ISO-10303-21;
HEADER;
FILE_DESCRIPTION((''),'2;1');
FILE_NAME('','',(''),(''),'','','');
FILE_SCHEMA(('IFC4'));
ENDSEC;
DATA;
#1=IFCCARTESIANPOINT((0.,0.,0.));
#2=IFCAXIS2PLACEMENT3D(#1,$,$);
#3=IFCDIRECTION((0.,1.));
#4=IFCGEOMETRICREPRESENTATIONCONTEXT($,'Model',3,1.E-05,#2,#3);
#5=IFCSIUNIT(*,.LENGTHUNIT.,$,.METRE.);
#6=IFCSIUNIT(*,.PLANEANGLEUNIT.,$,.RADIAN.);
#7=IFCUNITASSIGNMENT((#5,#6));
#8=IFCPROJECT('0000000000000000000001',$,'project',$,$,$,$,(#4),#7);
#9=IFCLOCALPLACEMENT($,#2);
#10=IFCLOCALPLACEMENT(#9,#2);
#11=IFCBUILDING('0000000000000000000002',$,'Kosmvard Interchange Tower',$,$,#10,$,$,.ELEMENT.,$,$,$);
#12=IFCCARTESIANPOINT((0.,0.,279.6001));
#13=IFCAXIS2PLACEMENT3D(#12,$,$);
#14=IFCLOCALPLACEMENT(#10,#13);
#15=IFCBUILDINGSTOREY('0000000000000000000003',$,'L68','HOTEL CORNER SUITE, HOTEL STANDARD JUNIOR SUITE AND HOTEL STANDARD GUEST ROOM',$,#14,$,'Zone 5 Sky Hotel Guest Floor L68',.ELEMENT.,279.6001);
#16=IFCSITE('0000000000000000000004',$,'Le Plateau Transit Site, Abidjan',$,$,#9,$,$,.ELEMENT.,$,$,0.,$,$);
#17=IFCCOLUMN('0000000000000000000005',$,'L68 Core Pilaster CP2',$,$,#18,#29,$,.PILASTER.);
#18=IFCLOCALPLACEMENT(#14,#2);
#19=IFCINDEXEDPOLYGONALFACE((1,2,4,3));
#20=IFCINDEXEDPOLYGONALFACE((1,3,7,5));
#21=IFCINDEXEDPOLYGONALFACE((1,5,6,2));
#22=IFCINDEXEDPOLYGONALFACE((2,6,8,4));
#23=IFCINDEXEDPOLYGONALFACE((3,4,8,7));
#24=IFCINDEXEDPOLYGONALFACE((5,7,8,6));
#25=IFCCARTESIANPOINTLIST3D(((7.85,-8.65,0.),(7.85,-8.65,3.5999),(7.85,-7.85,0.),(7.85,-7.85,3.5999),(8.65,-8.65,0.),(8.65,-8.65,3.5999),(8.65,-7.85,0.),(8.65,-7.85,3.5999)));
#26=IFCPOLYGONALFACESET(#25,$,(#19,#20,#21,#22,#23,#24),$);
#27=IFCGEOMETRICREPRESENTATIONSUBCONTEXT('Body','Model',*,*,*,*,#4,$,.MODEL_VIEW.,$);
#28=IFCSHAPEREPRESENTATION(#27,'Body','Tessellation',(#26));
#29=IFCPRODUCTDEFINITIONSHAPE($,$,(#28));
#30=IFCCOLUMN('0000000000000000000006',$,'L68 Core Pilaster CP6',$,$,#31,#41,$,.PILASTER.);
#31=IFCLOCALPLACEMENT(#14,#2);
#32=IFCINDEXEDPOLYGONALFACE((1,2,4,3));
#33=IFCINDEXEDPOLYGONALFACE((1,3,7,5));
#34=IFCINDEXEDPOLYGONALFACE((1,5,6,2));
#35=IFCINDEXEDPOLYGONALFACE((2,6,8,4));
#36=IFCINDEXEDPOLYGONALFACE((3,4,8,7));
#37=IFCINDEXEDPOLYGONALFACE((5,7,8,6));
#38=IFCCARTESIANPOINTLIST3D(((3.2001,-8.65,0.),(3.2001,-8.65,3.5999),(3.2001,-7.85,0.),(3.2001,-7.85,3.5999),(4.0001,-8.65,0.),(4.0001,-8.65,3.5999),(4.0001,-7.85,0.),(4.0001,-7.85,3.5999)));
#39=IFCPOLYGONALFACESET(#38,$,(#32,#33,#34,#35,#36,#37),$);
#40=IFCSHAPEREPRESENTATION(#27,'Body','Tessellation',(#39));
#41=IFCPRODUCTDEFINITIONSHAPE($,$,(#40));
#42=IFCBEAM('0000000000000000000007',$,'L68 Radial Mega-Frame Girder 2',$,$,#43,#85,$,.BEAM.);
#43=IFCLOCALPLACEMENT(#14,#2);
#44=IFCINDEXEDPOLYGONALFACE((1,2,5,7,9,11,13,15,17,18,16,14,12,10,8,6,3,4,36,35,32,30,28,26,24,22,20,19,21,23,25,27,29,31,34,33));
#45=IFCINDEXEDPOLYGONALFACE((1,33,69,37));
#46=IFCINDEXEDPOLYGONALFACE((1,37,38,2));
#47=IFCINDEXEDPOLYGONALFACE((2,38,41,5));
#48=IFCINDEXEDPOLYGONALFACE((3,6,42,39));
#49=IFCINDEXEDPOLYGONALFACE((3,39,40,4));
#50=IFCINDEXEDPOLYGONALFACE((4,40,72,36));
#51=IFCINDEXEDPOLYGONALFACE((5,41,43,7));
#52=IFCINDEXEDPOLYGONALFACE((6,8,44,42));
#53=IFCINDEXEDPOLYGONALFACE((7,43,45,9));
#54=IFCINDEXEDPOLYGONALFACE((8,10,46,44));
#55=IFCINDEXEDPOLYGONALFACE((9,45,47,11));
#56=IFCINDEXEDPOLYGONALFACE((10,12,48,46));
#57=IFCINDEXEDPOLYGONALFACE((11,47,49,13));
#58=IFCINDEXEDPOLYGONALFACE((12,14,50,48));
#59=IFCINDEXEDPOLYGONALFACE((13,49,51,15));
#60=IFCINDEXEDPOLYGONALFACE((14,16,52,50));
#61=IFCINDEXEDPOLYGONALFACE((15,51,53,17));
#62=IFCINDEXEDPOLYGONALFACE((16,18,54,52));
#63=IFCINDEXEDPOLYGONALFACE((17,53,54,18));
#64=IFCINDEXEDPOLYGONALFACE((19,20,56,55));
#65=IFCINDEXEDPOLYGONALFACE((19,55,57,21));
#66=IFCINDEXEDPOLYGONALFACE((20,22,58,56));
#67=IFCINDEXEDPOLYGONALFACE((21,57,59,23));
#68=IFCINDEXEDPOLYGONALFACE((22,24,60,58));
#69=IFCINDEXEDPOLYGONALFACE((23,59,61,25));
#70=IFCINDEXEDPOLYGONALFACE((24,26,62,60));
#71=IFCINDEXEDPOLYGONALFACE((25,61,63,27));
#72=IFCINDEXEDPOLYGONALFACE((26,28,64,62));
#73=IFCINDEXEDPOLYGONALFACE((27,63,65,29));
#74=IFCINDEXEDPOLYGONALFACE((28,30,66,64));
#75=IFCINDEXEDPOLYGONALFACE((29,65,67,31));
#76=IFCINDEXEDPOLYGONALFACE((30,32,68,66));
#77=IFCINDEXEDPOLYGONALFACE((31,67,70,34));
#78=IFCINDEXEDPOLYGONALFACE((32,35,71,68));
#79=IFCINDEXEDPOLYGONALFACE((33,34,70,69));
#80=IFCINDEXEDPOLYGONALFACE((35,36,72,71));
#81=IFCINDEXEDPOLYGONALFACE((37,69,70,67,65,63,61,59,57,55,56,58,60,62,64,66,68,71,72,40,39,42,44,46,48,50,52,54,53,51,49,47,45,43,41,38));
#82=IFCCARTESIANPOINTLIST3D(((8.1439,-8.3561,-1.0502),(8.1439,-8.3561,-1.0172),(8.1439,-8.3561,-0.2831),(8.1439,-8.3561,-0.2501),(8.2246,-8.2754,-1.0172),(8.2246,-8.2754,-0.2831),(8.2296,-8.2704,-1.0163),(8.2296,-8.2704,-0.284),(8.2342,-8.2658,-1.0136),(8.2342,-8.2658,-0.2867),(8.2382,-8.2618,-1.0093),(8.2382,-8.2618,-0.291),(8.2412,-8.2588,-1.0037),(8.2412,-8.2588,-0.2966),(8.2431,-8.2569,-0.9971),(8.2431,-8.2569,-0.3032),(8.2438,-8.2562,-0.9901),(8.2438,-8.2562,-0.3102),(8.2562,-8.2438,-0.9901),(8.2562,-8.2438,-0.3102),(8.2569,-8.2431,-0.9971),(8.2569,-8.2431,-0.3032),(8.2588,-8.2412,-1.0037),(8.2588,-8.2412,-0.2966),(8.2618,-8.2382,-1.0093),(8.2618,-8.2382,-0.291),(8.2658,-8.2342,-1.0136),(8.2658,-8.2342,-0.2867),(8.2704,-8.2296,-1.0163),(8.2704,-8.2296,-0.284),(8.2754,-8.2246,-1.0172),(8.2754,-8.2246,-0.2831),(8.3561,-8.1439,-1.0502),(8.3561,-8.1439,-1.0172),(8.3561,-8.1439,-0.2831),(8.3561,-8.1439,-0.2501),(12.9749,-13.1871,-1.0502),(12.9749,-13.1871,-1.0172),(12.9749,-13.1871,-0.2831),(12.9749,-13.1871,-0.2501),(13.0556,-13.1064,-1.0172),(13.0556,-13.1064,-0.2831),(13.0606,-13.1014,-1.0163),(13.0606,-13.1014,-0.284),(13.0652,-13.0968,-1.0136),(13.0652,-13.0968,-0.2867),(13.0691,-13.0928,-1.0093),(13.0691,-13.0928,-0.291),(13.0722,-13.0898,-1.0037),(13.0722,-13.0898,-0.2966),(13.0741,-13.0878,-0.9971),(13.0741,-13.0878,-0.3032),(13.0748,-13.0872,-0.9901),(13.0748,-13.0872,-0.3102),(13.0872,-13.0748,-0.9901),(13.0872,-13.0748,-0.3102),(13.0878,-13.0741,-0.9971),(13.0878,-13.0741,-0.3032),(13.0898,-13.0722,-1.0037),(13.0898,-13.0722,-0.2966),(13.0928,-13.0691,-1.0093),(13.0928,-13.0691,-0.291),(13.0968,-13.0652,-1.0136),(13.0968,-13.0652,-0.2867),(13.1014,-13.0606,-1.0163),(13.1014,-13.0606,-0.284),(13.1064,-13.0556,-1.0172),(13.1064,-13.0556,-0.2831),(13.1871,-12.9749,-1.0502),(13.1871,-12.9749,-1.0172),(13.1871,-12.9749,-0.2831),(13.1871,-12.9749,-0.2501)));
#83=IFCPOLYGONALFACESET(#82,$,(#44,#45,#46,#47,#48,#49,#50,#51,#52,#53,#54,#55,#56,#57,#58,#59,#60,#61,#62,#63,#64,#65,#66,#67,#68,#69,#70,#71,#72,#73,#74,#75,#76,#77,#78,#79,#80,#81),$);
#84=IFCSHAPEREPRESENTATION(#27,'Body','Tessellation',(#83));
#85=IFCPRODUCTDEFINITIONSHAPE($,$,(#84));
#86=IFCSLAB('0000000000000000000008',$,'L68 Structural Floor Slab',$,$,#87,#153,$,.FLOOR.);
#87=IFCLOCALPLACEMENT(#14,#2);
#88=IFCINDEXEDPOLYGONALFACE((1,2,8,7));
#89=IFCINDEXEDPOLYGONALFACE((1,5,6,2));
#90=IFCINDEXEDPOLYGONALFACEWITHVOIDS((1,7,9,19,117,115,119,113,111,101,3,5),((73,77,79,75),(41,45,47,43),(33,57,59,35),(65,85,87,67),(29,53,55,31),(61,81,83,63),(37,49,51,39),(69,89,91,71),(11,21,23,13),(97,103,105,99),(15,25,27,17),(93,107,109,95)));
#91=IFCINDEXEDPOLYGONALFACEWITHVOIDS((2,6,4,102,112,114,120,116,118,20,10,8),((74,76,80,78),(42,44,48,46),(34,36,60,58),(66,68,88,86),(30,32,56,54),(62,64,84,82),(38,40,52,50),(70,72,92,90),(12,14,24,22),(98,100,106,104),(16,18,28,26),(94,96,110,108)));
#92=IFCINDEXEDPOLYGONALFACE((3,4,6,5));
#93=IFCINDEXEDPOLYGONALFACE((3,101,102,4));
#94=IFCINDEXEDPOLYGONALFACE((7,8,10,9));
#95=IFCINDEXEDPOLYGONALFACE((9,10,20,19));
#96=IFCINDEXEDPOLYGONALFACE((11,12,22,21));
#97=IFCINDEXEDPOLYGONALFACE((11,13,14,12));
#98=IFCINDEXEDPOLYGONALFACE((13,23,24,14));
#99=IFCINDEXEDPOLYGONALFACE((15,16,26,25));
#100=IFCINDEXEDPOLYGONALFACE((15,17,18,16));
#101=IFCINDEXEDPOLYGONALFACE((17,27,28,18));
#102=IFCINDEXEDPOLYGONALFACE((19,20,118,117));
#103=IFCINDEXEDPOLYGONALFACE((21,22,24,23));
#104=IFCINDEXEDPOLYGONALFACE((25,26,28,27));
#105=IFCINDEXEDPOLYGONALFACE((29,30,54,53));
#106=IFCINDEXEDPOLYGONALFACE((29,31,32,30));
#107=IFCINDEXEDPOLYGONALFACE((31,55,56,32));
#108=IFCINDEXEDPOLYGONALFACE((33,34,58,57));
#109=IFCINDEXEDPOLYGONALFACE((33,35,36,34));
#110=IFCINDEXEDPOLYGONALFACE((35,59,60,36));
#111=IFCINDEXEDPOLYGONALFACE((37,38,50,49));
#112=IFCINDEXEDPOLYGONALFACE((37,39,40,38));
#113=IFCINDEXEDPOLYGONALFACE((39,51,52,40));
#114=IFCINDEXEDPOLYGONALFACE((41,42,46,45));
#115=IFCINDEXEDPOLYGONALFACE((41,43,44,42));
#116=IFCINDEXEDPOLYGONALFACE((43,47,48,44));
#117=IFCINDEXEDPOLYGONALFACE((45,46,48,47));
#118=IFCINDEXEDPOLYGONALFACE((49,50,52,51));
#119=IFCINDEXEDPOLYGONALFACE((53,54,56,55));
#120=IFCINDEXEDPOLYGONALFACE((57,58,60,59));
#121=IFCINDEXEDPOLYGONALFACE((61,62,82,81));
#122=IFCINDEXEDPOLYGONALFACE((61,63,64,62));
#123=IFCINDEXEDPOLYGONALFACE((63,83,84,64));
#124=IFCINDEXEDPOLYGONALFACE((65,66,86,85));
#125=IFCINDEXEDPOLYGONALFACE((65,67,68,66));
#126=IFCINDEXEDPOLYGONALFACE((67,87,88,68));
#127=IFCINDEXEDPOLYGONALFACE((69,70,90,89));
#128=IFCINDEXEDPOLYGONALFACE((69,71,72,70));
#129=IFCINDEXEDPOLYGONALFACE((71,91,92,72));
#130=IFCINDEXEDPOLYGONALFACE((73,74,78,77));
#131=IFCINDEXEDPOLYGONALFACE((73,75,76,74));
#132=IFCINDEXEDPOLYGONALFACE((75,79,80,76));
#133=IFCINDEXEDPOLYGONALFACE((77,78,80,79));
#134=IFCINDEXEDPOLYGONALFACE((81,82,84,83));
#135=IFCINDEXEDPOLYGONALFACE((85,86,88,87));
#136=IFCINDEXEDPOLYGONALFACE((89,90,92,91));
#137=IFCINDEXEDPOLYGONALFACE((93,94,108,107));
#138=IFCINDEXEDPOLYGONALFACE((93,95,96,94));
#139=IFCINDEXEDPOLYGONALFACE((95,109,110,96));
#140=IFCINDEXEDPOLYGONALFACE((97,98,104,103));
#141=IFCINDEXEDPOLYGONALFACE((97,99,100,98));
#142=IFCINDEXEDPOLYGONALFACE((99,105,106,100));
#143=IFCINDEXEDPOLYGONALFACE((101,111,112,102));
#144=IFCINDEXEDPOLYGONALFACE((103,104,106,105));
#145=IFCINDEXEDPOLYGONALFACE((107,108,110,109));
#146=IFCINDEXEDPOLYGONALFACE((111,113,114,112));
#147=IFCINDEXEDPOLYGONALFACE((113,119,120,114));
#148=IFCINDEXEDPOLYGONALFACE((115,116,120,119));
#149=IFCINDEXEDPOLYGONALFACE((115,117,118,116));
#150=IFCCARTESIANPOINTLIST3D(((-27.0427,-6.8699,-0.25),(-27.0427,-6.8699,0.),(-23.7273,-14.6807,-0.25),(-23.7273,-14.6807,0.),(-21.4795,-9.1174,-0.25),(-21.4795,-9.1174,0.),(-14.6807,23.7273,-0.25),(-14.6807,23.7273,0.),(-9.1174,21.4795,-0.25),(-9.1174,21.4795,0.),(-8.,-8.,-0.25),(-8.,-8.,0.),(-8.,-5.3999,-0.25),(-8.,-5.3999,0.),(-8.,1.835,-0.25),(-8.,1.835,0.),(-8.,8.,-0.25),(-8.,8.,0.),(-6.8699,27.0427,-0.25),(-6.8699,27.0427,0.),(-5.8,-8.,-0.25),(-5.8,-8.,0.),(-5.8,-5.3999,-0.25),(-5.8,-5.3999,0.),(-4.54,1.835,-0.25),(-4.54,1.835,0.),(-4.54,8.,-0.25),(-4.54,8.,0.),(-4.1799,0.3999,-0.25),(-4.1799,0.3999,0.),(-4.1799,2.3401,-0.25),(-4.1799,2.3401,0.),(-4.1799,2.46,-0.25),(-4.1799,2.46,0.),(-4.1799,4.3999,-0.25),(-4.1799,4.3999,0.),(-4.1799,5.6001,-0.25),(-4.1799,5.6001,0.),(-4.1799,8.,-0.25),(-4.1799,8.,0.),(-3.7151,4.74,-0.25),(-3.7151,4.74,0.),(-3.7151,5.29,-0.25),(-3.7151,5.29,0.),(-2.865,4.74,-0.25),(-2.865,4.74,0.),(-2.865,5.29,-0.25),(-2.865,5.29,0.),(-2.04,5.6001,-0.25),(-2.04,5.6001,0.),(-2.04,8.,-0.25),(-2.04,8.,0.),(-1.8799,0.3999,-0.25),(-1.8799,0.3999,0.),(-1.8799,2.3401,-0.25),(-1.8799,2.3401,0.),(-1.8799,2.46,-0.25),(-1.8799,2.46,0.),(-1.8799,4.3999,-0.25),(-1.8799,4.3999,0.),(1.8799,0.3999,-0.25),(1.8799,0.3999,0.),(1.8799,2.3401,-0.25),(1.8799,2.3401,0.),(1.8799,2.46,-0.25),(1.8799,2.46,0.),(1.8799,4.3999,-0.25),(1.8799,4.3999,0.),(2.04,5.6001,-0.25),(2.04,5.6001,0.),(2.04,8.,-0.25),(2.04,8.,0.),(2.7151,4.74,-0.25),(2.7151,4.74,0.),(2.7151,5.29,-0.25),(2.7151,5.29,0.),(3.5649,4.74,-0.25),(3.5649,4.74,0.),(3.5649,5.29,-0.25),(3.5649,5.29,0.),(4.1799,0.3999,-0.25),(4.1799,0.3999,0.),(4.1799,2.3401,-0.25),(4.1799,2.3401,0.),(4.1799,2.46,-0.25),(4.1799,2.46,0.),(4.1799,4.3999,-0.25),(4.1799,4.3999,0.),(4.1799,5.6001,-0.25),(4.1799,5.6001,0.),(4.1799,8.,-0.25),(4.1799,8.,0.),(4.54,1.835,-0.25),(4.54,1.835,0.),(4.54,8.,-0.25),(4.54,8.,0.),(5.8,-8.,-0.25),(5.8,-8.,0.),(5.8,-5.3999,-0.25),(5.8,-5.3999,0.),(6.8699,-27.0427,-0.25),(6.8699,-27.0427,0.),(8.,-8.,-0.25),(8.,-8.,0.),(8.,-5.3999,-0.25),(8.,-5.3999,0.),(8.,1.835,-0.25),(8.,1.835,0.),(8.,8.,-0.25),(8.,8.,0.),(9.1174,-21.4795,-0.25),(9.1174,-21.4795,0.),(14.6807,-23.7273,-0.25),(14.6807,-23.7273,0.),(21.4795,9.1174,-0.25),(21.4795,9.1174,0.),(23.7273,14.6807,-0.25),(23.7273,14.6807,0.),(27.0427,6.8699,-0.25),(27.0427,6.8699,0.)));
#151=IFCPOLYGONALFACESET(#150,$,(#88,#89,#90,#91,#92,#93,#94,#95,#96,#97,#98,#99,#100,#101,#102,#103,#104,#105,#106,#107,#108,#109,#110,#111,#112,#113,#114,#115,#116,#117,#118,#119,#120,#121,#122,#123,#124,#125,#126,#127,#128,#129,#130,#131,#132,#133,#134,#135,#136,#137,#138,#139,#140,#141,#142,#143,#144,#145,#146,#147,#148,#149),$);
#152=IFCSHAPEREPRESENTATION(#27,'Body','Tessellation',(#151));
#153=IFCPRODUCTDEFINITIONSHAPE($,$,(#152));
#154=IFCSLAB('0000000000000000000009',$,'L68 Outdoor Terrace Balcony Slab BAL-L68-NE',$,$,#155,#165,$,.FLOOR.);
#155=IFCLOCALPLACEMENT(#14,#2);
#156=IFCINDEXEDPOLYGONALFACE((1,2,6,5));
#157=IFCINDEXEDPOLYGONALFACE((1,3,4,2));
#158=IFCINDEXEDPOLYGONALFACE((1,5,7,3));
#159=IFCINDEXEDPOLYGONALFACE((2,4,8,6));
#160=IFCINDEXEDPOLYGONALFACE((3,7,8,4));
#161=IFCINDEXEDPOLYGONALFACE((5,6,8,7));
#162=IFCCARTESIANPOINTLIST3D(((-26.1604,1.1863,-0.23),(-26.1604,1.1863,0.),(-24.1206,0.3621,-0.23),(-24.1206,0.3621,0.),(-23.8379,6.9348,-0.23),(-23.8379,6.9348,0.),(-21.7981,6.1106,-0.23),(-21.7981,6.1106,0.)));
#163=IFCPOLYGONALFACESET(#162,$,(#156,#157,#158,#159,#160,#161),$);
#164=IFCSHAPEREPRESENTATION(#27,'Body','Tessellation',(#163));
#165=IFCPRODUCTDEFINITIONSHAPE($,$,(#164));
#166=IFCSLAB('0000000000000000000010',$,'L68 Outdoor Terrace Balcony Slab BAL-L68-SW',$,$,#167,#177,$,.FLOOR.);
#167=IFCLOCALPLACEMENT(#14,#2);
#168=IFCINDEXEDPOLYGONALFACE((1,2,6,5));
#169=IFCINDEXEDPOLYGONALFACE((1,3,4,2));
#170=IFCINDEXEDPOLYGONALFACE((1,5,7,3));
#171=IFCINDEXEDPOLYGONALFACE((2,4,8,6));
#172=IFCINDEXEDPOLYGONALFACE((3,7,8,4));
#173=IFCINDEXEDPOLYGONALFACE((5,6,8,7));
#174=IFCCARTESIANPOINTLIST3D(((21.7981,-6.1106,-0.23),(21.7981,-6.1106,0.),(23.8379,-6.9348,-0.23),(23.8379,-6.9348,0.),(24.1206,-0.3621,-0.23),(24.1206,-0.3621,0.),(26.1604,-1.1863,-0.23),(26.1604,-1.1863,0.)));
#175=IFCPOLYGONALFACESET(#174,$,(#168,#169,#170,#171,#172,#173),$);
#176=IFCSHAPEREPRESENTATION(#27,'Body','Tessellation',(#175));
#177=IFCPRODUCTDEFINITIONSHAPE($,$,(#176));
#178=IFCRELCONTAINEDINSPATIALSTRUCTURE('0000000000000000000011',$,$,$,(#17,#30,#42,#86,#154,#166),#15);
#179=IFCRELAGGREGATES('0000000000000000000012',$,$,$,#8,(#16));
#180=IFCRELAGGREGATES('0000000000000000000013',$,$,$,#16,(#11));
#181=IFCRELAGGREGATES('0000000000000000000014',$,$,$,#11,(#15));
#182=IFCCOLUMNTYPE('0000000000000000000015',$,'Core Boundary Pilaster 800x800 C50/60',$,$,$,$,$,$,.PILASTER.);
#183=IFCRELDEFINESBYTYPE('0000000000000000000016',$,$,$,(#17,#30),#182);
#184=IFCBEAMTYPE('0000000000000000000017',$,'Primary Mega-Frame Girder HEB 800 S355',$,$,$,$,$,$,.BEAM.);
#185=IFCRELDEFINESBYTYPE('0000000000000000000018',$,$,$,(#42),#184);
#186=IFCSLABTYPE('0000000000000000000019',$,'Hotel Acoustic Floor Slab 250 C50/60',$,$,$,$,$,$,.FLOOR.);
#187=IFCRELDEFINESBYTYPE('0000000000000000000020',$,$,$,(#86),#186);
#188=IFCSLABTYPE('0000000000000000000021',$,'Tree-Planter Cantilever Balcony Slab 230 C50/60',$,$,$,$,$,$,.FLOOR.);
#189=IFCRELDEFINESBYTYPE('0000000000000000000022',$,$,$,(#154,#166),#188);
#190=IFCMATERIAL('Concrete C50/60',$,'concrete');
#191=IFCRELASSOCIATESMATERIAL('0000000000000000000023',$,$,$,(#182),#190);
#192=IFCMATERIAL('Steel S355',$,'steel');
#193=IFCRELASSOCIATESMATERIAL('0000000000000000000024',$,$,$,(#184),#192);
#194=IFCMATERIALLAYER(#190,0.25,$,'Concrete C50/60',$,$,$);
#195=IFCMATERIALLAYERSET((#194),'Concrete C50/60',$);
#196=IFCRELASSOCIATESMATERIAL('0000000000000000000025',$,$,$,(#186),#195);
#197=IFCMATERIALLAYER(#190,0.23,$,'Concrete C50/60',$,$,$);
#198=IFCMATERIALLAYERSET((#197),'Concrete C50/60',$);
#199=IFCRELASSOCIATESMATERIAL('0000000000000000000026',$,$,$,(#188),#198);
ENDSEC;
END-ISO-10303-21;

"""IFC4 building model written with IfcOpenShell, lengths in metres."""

from ifc_helpers import new_model, si_unit, direction, frame, origin, origin_2d, place, context, subcontext, project, spatial, polyline, rectangle, i_section, outline, extrude, source, transform, mapped, material, layer, layer_set, material_profile, profile_set, type_object, element, save


model = new_model("IFC4")

# Units and contexts
model_context = context("Model", 3, precision=1e-05, world=origin(), true_north=direction((0.0, 1.0)))
body_context = subcontext(model_context, "Body", "Model", "MODEL_VIEW")
ifc_project = project(units=[si_unit("LENGTHUNIT", "METRE"), si_unit("PLANEANGLEUNIT", "RADIAN")], contexts=[model_context])

# Site, building, storey
site_placement = place(None, origin())
site = spatial("IfcSite", under=ifc_project, at=site_placement, Name="Le Plateau Transit Site, Abidjan", CompositionType="ELEMENT", RefElevation=0.0)
building_placement = place(site_placement, origin())
building = spatial("IfcBuilding", under=site, at=building_placement, Name="Kosmvard Interchange Tower", CompositionType="ELEMENT")
storey_placement = place(building_placement, frame((0.0, 0.0, 279.6001)))
storey = spatial("IfcBuildingStorey", under=building, at=storey_placement, Name="L68", Description="HOTEL CORNER SUITE, HOTEL STANDARD JUNIOR SUITE AND HOTEL STANDARD GUEST ROOM", LongName="Zone 5 Sky Hotel Guest Floor L68", CompositionType="ELEMENT", Elevation=279.6001)

# Columns
ifc_material_1 = material(Name="Concrete C50/60", Category="concrete")
ifc_material_profile_1 = material_profile(ifc_material_1, rectangle(XDim=0.8, YDim=0.8, at=origin_2d()), Name="CP 800x800")
ifc_profile_set_1 = profile_set([ifc_material_profile_1], Name="Concrete C50/60")
column_type = type_object("IfcColumnType", Name="Core Boundary Pilaster 800x800 C50/60", PredefinedType="PILASTER", material=ifc_profile_set_1)
shared_shape_1 = source(origin(), body_context, "Body", "SweptSolid", [
    extrude(rectangle(XDim=0.8, YDim=0.8, at=origin_2d()), origin(), (0.0, 0.0, 1.0), 3.5999),
])
for number, where, z_axis, x_axis, name in (
    (1, (8.25, -8.25, 0.0), (0.0, 0.0, 1.0), (1.0, 0.0, 0.0), "L68 Core Pilaster CP2"),
    (2, (3.6001, -8.25, 0.0), (0.0, 0.0, 1.0), (1.0, 0.0, 0.0), "L68 Core Pilaster CP6"),
):
    element("IfcColumn", number, at=place(storey_placement, frame(where, z_axis=z_axis, x_axis=x_axis)), inside=storey, type_object=column_type, Name=name, PredefinedType="PILASTER", context=body_context, shape_type="MappedRepresentation", body=[
        mapped(shared_shape_1, transform((0.0, 0.0, 0.0), scale=1.0)),
    ])

# Beam
ifc_material_2 = material(Name="Steel S355", Category="steel")
ifc_material_profile_2 = material_profile(ifc_material_2, i_section(OverallWidth=0.3, OverallDepth=0.8, WebThickness=0.0176, FlangeThickness=0.033, FilletRadius=0.0271, at=origin_2d()), Name="HEB 800")
ifc_profile_set_2 = profile_set([ifc_material_profile_2], Name="Steel S355")
beam_type = type_object("IfcBeamType", Name="Primary Mega-Frame Girder HEB 800 S355", PredefinedType="BEAM", material=ifc_profile_set_2)
shared_shape_2 = source(origin(), body_context, "Body", "SweptSolid", [
    extrude(i_section(OverallWidth=0.3, OverallDepth=0.8, WebThickness=0.0176, FlangeThickness=0.033, FilletRadius=0.0271, at=origin_2d()), origin(), (0.0, 0.0, 1.0), 6.832),
])
beam_placement = place(storey_placement, frame((8.25, -8.25, -0.6501), z_axis=(0.707107, -0.707107, 0.0), x_axis=(0.707107, 0.707107, 0.0)))
element("IfcBeam", 3, at=beam_placement, inside=storey, type_object=beam_type, Name="L68 Radial Mega-Frame Girder 2", PredefinedType="BEAM", context=body_context, shape_type="MappedRepresentation", body=[
    mapped(shared_shape_2, transform((0.0, 0.0, 0.0), scale=1.0)),
])

# Slabs
ifc_layer_1 = layer(ifc_material_1, 0.25, Name="Concrete C50/60")
ifc_layer_set_1 = layer_set([ifc_layer_1], Name="Concrete C50/60")
slab_type_1 = type_object("IfcSlabType", Name="Hotel Acoustic Floor Slab 250 C50/60", PredefinedType="FLOOR", material=ifc_layer_set_1)
slab_1_placement = place(storey_placement, frame((0.0, 0.0, -0.25)))
element("IfcSlab", 4, at=slab_1_placement, inside=storey, type_object=slab_type_1, Name="L68 Structural Floor Slab", PredefinedType="FLOOR", context=body_context, shape_type="SweptSolid", body=[
    extrude(outline(polyline([(14.6807, -23.7273), (27.0427, 6.8699), (21.4795, 9.1174), (23.7273, 14.6807), (-6.8699, 27.0427), (-9.1174, 21.4795), (-14.6807, 23.7273), (-27.0427, -6.8699), (-21.4795, -9.1174), (-23.7273, -14.6807), (6.8699, -27.0427), (9.1174, -21.4795), (14.6807, -23.7273)]), holes=[polyline([(-8.0, 1.835), (-4.54, 1.835), (-4.54, 8.0), (-8.0, 8.0), (-8.0, 1.835)]), polyline([(4.54, 1.835), (8.0, 1.835), (8.0, 8.0), (4.54, 8.0), (4.54, 1.835)]), polyline([(-8.0, -8.0), (-5.8, -8.0), (-5.8, -5.3999), (-8.0, -5.3999), (-8.0, -8.0)]), polyline([(5.8, -8.0), (8.0, -8.0), (8.0, -5.3999), (5.8, -5.3999), (5.8, -8.0)]), polyline([(-4.1799, 0.3999), (-1.8799, 0.3999), (-1.8799, 2.3401), (-4.1799, 2.3401), (-4.1799, 0.3999)]), polyline([(-4.1799, 2.46), (-1.8799, 2.46), (-1.8799, 4.3999), (-4.1799, 4.3999), (-4.1799, 2.46)]), polyline([(1.8799, 0.3999), (4.1799, 0.3999), (4.1799, 2.3401), (1.8799, 2.3401), (1.8799, 0.3999)]), polyline([(1.8799, 2.46), (4.1799, 2.46), (4.1799, 4.3999), (1.8799, 4.3999), (1.8799, 2.46)]), polyline([(-4.1799, 5.6001), (-2.04, 5.6001), (-2.04, 8.0), (-4.1799, 8.0), (-4.1799, 5.6001)]), polyline([(2.04, 5.6001), (4.1799, 5.6001), (4.1799, 8.0), (2.04, 8.0), (2.04, 5.6001)]), polyline([(-3.7151, 4.74), (-2.865, 4.74), (-2.865, 5.29), (-3.7151, 5.29), (-3.7151, 4.74)]), polyline([(2.7151, 4.74), (3.5649, 4.74), (3.5649, 5.29), (2.7151, 5.29), (2.7151, 4.74)])]), origin(), (0.0, 0.0, 1.0), 0.25),
])
ifc_layer_2 = layer(ifc_material_1, 0.23, Name="Concrete C50/60")
ifc_layer_set_2 = layer_set([ifc_layer_2], Name="Concrete C50/60")
slab_type_2 = type_object("IfcSlabType", Name="Tree-Planter Cantilever Balcony Slab 230 C50/60", PredefinedType="FLOOR", material=ifc_layer_set_2)
slab_2_placement = place(storey_placement, frame((0.0, 0.0, -0.23)))
element("IfcSlab", 5, at=slab_2_placement, inside=storey, type_object=slab_type_2, Name="L68 Outdoor Terrace Balcony Slab BAL-L68-NE", PredefinedType="FLOOR", context=body_context, shape_type="SweptSolid", body=[
    extrude(outline(polyline([(-24.1206, 0.3621), (-21.7981, 6.1106), (-23.8379, 6.9348), (-26.1604, 1.1863), (-24.1206, 0.3621)])), origin(), (0.0, 0.0, 1.0), 0.23),
])
slab_3_placement = place(storey_placement, frame((0.0, 0.0, -0.23)))
element("IfcSlab", 6, at=slab_3_placement, inside=storey, type_object=slab_type_2, Name="L68 Outdoor Terrace Balcony Slab BAL-L68-SW", PredefinedType="FLOOR", context=body_context, shape_type="SweptSolid", body=[
    extrude(outline(polyline([(23.8379, -6.9348), (26.1604, -1.1863), (24.1206, -0.3621), (21.7981, -6.1106), (23.8379, -6.9348)])), origin(), (0.0, 0.0, 1.0), 0.23),
])

save(model, "model.ifc")
